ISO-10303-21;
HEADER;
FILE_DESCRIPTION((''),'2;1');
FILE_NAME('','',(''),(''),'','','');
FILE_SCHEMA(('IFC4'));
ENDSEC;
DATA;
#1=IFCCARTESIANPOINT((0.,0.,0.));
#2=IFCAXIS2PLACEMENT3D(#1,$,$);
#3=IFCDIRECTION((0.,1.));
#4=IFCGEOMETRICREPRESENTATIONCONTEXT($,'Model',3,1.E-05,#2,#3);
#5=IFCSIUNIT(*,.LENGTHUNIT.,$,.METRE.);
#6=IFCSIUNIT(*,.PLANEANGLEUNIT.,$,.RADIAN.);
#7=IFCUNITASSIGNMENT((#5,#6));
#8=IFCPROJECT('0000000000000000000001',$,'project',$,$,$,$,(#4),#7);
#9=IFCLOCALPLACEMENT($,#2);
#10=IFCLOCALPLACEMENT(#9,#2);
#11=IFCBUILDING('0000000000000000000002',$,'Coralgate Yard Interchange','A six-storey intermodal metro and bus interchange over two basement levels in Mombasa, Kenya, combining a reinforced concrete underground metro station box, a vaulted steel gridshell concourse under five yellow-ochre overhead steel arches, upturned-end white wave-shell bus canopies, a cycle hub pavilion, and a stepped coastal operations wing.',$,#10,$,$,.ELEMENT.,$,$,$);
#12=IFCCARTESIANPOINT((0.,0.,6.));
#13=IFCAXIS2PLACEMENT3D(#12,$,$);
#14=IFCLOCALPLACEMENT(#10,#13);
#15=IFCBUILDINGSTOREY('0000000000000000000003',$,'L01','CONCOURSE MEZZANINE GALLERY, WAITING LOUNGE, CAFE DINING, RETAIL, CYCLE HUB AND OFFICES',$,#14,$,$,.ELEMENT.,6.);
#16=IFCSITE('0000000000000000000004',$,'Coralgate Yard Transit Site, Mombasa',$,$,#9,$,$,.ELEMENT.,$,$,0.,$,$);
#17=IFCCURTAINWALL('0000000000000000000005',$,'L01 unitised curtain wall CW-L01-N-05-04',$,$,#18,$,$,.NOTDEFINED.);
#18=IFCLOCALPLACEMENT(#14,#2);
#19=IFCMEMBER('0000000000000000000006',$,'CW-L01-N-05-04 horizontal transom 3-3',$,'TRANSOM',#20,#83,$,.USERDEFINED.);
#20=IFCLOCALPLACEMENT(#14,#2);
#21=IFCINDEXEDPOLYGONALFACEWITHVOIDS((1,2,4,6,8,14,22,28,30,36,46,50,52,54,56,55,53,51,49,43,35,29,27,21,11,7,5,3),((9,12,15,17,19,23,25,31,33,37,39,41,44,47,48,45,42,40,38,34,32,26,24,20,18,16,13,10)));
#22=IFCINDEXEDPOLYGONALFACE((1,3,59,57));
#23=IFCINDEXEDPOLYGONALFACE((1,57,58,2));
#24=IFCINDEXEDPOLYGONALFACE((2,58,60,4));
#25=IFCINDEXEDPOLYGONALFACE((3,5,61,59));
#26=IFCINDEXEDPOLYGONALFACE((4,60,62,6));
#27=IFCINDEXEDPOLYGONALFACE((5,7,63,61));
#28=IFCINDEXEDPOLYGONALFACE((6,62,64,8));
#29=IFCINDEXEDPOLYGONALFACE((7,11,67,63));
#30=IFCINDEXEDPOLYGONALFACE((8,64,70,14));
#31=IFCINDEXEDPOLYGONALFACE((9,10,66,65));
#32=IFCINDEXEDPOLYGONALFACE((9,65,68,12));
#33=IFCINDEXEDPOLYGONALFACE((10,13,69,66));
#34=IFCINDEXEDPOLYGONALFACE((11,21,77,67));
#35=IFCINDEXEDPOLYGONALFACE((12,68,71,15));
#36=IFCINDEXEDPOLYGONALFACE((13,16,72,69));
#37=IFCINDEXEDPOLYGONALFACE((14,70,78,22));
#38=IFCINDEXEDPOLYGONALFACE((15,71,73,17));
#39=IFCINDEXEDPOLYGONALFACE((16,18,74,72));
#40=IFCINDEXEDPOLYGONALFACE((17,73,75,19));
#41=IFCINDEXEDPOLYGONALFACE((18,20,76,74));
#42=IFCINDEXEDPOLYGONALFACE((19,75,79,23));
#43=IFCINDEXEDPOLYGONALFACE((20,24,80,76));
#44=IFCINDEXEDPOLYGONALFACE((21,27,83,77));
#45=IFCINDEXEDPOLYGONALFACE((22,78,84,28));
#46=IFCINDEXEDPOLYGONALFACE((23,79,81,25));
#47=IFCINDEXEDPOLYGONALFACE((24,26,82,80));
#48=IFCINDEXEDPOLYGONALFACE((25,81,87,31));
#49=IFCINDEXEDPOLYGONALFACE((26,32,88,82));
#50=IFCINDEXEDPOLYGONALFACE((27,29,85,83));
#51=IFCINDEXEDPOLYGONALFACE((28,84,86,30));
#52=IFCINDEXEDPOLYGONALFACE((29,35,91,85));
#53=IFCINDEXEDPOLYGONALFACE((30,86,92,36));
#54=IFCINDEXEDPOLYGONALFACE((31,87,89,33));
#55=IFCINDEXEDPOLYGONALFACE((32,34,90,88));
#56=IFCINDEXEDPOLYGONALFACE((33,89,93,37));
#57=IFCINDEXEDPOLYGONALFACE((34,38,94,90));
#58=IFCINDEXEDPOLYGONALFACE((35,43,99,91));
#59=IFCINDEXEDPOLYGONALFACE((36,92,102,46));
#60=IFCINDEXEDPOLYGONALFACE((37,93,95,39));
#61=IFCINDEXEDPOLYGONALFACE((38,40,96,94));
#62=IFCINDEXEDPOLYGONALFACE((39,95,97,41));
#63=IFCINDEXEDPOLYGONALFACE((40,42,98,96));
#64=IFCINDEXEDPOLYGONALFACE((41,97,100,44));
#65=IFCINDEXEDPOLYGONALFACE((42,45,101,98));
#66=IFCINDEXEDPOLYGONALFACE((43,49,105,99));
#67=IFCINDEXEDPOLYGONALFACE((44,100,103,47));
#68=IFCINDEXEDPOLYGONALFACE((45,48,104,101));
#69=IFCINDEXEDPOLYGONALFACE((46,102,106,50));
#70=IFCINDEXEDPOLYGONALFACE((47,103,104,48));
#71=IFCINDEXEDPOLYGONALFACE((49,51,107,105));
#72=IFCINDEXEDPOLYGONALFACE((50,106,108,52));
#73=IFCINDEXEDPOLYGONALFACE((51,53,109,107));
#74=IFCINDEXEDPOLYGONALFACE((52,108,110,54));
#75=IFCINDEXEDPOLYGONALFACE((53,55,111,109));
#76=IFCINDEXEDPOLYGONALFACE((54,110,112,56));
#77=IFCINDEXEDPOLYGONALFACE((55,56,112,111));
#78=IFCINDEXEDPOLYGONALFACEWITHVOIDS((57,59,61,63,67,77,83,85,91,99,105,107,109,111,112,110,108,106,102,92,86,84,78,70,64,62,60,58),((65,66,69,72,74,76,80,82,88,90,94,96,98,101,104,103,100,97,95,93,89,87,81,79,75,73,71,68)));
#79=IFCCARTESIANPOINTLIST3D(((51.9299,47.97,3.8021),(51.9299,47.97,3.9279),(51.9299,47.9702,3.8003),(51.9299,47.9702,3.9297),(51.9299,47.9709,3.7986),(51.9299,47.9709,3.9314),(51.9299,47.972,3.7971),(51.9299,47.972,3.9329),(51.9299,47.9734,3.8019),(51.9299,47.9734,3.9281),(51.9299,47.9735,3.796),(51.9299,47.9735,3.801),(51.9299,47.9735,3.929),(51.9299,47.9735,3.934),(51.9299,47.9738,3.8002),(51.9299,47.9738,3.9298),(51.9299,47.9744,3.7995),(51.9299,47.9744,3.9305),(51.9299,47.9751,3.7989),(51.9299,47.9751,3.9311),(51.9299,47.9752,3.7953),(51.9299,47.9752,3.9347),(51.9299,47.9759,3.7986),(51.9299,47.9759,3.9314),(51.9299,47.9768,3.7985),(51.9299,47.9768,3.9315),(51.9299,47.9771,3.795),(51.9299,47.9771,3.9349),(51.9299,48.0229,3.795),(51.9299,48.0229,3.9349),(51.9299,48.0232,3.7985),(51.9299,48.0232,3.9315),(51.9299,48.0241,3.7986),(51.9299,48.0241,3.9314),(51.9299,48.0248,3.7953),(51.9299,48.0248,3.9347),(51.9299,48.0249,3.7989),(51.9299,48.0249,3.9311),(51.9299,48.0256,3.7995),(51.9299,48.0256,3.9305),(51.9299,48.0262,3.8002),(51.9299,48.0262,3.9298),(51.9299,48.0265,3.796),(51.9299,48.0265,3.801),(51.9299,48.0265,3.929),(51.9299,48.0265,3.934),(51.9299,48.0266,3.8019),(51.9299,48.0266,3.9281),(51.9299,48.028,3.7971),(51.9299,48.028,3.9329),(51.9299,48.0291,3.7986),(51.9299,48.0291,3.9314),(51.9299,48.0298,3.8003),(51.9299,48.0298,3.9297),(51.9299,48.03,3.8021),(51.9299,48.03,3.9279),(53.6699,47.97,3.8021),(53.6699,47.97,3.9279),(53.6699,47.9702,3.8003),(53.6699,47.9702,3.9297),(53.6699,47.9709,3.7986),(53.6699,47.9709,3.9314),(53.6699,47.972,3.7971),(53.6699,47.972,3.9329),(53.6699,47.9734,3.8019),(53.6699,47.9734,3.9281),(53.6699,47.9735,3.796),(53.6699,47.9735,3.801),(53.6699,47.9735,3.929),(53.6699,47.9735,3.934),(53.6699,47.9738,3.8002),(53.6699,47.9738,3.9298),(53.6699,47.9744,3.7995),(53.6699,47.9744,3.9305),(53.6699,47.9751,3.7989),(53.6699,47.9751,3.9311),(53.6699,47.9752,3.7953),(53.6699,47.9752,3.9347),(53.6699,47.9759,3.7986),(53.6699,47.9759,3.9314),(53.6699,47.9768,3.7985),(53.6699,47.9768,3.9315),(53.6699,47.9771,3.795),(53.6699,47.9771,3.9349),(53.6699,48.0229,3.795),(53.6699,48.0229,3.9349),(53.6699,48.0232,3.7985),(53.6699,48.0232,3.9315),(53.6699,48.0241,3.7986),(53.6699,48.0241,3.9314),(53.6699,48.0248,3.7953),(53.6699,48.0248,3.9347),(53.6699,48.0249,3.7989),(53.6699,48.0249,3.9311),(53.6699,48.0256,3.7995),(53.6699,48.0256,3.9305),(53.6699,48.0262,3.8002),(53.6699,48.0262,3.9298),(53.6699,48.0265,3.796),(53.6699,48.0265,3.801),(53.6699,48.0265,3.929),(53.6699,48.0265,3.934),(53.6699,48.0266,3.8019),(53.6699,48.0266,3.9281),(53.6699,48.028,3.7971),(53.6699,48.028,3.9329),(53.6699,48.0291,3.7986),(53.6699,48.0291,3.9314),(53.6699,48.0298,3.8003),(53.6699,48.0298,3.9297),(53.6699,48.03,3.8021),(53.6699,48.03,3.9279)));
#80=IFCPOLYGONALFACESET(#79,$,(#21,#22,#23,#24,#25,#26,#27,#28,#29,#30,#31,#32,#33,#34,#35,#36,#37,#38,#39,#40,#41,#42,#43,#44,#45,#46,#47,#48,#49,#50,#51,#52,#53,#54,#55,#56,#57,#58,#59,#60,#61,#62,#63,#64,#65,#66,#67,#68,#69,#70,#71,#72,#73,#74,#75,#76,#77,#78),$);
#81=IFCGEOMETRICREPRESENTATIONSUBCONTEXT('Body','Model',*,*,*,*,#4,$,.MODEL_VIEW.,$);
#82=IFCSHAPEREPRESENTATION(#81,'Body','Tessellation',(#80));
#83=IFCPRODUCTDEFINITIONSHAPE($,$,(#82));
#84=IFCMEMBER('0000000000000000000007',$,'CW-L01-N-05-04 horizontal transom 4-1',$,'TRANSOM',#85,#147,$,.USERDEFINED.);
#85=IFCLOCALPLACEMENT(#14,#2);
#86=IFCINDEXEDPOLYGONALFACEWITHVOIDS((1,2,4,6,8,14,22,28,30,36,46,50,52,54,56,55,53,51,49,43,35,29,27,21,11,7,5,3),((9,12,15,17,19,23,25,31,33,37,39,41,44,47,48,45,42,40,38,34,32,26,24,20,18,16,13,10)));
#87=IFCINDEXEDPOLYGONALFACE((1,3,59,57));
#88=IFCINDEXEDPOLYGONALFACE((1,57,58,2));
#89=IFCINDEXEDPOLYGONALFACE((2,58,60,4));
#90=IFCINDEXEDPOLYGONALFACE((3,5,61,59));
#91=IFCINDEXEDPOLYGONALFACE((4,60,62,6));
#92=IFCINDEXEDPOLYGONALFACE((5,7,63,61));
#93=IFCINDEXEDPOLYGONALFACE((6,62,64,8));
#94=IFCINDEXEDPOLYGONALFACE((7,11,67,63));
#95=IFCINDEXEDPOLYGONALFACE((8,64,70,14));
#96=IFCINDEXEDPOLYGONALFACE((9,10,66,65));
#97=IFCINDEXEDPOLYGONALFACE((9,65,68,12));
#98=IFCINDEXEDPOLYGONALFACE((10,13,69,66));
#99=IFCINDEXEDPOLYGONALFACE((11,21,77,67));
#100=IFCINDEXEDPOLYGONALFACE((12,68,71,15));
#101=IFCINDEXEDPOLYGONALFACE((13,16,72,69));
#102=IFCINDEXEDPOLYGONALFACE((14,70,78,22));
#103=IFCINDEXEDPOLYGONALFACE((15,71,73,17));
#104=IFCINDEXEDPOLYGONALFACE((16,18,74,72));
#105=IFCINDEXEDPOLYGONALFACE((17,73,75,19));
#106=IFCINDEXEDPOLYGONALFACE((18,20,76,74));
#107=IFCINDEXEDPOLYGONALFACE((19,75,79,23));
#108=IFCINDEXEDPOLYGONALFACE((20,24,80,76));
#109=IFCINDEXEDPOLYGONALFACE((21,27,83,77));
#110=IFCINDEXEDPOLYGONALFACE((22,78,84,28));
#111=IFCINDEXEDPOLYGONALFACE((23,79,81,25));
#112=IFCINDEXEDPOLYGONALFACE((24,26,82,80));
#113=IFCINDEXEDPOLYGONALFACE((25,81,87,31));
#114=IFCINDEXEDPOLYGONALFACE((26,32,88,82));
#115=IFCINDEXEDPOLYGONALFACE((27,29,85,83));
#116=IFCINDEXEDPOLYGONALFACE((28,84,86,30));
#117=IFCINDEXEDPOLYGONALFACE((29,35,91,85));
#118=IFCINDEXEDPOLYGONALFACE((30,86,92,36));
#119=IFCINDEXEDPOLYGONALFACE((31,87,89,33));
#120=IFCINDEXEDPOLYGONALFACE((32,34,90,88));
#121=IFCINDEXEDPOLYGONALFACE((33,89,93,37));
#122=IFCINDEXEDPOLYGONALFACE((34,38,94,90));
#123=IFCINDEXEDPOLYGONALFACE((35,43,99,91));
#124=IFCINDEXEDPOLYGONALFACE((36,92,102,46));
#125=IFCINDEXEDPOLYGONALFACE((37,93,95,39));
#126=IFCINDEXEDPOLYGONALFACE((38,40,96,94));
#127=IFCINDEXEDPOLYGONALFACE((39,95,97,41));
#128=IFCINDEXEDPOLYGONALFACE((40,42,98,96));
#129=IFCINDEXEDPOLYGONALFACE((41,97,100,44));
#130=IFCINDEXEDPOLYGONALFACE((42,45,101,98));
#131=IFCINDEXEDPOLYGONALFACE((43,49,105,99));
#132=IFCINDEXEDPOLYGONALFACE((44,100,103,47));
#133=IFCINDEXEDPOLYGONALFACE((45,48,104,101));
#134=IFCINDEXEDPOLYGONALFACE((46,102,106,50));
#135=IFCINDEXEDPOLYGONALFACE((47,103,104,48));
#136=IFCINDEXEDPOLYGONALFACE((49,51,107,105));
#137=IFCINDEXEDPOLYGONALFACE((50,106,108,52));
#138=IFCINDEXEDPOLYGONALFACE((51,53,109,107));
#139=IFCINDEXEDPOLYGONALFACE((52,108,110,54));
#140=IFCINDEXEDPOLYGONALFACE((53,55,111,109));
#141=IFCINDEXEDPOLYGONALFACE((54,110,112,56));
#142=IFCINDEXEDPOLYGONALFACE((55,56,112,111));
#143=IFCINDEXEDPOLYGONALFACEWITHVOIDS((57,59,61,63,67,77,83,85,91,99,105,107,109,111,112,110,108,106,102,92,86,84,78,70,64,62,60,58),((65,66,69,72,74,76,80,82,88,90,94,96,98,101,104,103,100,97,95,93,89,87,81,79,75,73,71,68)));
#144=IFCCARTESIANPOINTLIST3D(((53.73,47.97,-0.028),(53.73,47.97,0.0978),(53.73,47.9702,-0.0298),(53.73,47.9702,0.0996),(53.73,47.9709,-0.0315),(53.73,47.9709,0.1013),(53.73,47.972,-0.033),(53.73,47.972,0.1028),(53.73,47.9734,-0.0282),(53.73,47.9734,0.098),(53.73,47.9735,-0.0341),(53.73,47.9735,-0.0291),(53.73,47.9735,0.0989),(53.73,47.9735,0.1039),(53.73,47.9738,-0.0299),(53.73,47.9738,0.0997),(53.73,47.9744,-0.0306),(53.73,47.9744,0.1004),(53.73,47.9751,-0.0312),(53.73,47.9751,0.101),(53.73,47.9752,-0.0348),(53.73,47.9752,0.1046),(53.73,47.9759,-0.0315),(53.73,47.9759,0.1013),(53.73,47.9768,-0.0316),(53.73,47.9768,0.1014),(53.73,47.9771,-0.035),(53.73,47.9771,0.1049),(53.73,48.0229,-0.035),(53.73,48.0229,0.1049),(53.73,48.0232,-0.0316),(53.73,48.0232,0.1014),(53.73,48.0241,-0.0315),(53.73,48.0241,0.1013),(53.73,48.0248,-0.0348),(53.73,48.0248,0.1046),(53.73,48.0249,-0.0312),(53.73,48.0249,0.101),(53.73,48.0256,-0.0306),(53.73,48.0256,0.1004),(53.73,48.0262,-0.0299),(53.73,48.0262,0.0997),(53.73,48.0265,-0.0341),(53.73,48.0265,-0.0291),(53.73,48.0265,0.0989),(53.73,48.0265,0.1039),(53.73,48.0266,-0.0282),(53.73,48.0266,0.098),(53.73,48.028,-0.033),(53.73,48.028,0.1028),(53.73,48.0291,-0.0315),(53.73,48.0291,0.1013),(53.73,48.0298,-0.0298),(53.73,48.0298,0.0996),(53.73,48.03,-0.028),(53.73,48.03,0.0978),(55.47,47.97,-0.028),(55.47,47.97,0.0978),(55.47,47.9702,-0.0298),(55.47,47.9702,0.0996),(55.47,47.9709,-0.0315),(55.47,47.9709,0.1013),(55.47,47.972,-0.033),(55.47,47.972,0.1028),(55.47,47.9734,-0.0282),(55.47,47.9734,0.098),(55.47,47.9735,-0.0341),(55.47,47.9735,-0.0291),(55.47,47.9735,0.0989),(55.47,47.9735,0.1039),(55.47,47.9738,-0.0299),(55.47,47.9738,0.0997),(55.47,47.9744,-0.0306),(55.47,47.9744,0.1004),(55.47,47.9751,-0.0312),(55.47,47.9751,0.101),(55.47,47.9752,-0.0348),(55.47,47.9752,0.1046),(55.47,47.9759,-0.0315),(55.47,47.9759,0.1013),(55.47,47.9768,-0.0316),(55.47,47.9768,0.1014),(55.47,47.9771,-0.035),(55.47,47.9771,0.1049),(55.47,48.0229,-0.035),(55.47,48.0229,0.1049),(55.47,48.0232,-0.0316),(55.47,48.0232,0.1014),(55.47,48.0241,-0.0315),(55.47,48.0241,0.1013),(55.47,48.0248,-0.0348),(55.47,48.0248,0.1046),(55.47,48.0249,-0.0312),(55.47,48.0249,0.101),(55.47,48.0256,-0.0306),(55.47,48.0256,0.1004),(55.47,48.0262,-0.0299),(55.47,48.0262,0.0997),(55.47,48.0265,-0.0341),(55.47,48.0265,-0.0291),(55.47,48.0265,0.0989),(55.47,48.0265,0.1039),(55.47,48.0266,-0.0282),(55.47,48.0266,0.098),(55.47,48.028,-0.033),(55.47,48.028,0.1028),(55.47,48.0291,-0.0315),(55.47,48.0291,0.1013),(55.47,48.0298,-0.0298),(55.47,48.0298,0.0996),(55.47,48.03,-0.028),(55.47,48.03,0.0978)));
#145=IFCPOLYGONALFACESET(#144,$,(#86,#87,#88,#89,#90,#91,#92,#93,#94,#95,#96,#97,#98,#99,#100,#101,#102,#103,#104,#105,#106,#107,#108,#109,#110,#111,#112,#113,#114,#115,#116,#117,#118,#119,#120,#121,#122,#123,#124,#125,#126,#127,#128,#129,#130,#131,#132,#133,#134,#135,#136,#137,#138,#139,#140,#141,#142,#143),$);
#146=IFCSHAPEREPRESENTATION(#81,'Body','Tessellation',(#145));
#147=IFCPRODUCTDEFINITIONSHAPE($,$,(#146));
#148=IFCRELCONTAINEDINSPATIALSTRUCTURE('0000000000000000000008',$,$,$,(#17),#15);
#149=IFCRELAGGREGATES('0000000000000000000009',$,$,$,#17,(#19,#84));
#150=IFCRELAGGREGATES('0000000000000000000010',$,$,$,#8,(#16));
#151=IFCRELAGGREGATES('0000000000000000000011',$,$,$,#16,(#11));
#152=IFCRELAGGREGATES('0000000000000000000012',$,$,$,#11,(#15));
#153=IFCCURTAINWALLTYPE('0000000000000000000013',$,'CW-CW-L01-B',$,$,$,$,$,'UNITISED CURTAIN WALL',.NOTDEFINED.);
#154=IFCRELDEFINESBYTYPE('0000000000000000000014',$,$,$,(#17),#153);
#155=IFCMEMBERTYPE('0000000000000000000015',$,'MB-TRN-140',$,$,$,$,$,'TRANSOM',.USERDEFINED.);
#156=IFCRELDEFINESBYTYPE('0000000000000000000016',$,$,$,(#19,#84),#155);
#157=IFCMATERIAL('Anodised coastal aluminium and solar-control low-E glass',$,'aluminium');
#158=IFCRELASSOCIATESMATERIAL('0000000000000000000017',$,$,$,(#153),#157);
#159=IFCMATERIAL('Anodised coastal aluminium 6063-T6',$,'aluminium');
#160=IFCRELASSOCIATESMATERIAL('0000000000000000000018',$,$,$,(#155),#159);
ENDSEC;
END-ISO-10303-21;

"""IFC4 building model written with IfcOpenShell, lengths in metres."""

from ifc_helpers import new_model, si_unit, direction, frame, origin, origin_2d, place, context, subcontext, project, spatial, hollow_rectangle, extrude, material, material_profile, profile_set, type_object, element, aggregate, save


model = new_model("IFC4")

# Units and contexts
model_context = context("Model", 3, precision=1e-05, world=origin(), true_north=direction((0.0, 1.0)))
body_context = subcontext(model_context, "Body", "Model", "MODEL_VIEW")
ifc_project = project(units=[si_unit("LENGTHUNIT", "METRE"), si_unit("PLANEANGLEUNIT", "RADIAN")], contexts=[model_context])

# Site, building, storey
site_placement = place(None, origin())
site = spatial("IfcSite", under=ifc_project, at=site_placement, Name="Coralgate Yard Transit Site, Mombasa", CompositionType="ELEMENT", RefElevation=0.0)
building_placement = place(site_placement, origin())
building = spatial("IfcBuilding", under=site, at=building_placement, Name="Coralgate Yard Interchange", Description="A six-storey intermodal metro and bus interchange over two basement levels in Mombasa, Kenya, combining a reinforced concrete underground metro station box, a vaulted steel gridshell concourse under five yellow-ochre overhead steel arches, upturned-end white wave-shell bus canopies, a cycle hub pavilion, and a stepped coastal operations wing.", CompositionType="ELEMENT")
storey_placement = place(building_placement, frame((0.0, 0.0, 6.0)))
storey = spatial("IfcBuildingStorey", under=building, at=storey_placement, Name="L01", Description="CONCOURSE MEZZANINE GALLERY, WAITING LOUNGE, CAFE DINING, RETAIL, CYCLE HUB AND OFFICES", CompositionType="ELEMENT", Elevation=6.0)

# Curtain wall, members
ifc_material_1 = material(Name="Anodised coastal aluminium and solar-control low-E glass", Category="aluminium")
curtain_wall_type = type_object("IfcCurtainWallType", Name="CW-CW-L01-B", ElementType="UNITISED CURTAIN WALL", PredefinedType="NOTDEFINED", material=ifc_material_1)
curtain_wall_placement = place(storey_placement, origin())
curtain_wall = element("IfcCurtainWall", 1, at=curtain_wall_placement, inside=storey, type_object=curtain_wall_type, Name="L01 unitised curtain wall CW-L01-N-05-04", PredefinedType="NOTDEFINED")
ifc_material_2 = material(Name="Anodised coastal aluminium 6063-T6", Category="aluminium")
ifc_material_profile_1 = material_profile(ifc_material_2, hollow_rectangle(XDim=0.0601, YDim=0.1399, WallThickness=0.0034, InnerFilletRadius=0.0034, OuterFilletRadius=0.0071, at=origin_2d()), Name="ALU 60x140x3.5")
ifc_profile_set_1 = profile_set([ifc_material_profile_1], Name="Anodised coastal aluminium 6063-T6")
member_type_1 = type_object("IfcMemberType", Name="MB-TRN-140", ElementType="TRANSOM", PredefinedType="USERDEFINED", material=ifc_profile_set_1)
member_1_placement = place(storey_placement, frame((51.9299, 48.0, 3.865), z_axis=(1.0, 0.0, 0.0), x_axis=(0.0, 1.0, 0.0)))
member_1 = element("IfcMember", 2, at=member_1_placement, type_object=member_type_1, Name="CW-L01-N-05-04 horizontal transom 3-3", ObjectType="TRANSOM", PredefinedType="USERDEFINED", context=body_context, shape_type="SweptSolid", body=[
    extrude(hollow_rectangle(XDim=0.0601, YDim=0.1399, WallThickness=0.0034, InnerFilletRadius=0.0034, OuterFilletRadius=0.0071, at=origin_2d()), origin(), (0.0, 0.0, 1.0), 1.74),
])
member_2_placement = place(storey_placement, frame((53.73, 48.0, 0.0349), z_axis=(1.0, 0.0, 0.0), x_axis=(0.0, 1.0, 0.0)))
member_2 = element("IfcMember", 3, at=member_2_placement, type_object=member_type_1, Name="CW-L01-N-05-04 horizontal transom 4-1", ObjectType="TRANSOM", PredefinedType="USERDEFINED", context=body_context, shape_type="SweptSolid", body=[
    extrude(hollow_rectangle(XDim=0.0601, YDim=0.1399, WallThickness=0.0034, InnerFilletRadius=0.0034, OuterFilletRadius=0.0071, at=origin_2d()), origin(), (0.0, 0.0, 1.0), 1.74),
])
aggregate(curtain_wall, [member_1, member_2])

save(model, "model.ifc")
